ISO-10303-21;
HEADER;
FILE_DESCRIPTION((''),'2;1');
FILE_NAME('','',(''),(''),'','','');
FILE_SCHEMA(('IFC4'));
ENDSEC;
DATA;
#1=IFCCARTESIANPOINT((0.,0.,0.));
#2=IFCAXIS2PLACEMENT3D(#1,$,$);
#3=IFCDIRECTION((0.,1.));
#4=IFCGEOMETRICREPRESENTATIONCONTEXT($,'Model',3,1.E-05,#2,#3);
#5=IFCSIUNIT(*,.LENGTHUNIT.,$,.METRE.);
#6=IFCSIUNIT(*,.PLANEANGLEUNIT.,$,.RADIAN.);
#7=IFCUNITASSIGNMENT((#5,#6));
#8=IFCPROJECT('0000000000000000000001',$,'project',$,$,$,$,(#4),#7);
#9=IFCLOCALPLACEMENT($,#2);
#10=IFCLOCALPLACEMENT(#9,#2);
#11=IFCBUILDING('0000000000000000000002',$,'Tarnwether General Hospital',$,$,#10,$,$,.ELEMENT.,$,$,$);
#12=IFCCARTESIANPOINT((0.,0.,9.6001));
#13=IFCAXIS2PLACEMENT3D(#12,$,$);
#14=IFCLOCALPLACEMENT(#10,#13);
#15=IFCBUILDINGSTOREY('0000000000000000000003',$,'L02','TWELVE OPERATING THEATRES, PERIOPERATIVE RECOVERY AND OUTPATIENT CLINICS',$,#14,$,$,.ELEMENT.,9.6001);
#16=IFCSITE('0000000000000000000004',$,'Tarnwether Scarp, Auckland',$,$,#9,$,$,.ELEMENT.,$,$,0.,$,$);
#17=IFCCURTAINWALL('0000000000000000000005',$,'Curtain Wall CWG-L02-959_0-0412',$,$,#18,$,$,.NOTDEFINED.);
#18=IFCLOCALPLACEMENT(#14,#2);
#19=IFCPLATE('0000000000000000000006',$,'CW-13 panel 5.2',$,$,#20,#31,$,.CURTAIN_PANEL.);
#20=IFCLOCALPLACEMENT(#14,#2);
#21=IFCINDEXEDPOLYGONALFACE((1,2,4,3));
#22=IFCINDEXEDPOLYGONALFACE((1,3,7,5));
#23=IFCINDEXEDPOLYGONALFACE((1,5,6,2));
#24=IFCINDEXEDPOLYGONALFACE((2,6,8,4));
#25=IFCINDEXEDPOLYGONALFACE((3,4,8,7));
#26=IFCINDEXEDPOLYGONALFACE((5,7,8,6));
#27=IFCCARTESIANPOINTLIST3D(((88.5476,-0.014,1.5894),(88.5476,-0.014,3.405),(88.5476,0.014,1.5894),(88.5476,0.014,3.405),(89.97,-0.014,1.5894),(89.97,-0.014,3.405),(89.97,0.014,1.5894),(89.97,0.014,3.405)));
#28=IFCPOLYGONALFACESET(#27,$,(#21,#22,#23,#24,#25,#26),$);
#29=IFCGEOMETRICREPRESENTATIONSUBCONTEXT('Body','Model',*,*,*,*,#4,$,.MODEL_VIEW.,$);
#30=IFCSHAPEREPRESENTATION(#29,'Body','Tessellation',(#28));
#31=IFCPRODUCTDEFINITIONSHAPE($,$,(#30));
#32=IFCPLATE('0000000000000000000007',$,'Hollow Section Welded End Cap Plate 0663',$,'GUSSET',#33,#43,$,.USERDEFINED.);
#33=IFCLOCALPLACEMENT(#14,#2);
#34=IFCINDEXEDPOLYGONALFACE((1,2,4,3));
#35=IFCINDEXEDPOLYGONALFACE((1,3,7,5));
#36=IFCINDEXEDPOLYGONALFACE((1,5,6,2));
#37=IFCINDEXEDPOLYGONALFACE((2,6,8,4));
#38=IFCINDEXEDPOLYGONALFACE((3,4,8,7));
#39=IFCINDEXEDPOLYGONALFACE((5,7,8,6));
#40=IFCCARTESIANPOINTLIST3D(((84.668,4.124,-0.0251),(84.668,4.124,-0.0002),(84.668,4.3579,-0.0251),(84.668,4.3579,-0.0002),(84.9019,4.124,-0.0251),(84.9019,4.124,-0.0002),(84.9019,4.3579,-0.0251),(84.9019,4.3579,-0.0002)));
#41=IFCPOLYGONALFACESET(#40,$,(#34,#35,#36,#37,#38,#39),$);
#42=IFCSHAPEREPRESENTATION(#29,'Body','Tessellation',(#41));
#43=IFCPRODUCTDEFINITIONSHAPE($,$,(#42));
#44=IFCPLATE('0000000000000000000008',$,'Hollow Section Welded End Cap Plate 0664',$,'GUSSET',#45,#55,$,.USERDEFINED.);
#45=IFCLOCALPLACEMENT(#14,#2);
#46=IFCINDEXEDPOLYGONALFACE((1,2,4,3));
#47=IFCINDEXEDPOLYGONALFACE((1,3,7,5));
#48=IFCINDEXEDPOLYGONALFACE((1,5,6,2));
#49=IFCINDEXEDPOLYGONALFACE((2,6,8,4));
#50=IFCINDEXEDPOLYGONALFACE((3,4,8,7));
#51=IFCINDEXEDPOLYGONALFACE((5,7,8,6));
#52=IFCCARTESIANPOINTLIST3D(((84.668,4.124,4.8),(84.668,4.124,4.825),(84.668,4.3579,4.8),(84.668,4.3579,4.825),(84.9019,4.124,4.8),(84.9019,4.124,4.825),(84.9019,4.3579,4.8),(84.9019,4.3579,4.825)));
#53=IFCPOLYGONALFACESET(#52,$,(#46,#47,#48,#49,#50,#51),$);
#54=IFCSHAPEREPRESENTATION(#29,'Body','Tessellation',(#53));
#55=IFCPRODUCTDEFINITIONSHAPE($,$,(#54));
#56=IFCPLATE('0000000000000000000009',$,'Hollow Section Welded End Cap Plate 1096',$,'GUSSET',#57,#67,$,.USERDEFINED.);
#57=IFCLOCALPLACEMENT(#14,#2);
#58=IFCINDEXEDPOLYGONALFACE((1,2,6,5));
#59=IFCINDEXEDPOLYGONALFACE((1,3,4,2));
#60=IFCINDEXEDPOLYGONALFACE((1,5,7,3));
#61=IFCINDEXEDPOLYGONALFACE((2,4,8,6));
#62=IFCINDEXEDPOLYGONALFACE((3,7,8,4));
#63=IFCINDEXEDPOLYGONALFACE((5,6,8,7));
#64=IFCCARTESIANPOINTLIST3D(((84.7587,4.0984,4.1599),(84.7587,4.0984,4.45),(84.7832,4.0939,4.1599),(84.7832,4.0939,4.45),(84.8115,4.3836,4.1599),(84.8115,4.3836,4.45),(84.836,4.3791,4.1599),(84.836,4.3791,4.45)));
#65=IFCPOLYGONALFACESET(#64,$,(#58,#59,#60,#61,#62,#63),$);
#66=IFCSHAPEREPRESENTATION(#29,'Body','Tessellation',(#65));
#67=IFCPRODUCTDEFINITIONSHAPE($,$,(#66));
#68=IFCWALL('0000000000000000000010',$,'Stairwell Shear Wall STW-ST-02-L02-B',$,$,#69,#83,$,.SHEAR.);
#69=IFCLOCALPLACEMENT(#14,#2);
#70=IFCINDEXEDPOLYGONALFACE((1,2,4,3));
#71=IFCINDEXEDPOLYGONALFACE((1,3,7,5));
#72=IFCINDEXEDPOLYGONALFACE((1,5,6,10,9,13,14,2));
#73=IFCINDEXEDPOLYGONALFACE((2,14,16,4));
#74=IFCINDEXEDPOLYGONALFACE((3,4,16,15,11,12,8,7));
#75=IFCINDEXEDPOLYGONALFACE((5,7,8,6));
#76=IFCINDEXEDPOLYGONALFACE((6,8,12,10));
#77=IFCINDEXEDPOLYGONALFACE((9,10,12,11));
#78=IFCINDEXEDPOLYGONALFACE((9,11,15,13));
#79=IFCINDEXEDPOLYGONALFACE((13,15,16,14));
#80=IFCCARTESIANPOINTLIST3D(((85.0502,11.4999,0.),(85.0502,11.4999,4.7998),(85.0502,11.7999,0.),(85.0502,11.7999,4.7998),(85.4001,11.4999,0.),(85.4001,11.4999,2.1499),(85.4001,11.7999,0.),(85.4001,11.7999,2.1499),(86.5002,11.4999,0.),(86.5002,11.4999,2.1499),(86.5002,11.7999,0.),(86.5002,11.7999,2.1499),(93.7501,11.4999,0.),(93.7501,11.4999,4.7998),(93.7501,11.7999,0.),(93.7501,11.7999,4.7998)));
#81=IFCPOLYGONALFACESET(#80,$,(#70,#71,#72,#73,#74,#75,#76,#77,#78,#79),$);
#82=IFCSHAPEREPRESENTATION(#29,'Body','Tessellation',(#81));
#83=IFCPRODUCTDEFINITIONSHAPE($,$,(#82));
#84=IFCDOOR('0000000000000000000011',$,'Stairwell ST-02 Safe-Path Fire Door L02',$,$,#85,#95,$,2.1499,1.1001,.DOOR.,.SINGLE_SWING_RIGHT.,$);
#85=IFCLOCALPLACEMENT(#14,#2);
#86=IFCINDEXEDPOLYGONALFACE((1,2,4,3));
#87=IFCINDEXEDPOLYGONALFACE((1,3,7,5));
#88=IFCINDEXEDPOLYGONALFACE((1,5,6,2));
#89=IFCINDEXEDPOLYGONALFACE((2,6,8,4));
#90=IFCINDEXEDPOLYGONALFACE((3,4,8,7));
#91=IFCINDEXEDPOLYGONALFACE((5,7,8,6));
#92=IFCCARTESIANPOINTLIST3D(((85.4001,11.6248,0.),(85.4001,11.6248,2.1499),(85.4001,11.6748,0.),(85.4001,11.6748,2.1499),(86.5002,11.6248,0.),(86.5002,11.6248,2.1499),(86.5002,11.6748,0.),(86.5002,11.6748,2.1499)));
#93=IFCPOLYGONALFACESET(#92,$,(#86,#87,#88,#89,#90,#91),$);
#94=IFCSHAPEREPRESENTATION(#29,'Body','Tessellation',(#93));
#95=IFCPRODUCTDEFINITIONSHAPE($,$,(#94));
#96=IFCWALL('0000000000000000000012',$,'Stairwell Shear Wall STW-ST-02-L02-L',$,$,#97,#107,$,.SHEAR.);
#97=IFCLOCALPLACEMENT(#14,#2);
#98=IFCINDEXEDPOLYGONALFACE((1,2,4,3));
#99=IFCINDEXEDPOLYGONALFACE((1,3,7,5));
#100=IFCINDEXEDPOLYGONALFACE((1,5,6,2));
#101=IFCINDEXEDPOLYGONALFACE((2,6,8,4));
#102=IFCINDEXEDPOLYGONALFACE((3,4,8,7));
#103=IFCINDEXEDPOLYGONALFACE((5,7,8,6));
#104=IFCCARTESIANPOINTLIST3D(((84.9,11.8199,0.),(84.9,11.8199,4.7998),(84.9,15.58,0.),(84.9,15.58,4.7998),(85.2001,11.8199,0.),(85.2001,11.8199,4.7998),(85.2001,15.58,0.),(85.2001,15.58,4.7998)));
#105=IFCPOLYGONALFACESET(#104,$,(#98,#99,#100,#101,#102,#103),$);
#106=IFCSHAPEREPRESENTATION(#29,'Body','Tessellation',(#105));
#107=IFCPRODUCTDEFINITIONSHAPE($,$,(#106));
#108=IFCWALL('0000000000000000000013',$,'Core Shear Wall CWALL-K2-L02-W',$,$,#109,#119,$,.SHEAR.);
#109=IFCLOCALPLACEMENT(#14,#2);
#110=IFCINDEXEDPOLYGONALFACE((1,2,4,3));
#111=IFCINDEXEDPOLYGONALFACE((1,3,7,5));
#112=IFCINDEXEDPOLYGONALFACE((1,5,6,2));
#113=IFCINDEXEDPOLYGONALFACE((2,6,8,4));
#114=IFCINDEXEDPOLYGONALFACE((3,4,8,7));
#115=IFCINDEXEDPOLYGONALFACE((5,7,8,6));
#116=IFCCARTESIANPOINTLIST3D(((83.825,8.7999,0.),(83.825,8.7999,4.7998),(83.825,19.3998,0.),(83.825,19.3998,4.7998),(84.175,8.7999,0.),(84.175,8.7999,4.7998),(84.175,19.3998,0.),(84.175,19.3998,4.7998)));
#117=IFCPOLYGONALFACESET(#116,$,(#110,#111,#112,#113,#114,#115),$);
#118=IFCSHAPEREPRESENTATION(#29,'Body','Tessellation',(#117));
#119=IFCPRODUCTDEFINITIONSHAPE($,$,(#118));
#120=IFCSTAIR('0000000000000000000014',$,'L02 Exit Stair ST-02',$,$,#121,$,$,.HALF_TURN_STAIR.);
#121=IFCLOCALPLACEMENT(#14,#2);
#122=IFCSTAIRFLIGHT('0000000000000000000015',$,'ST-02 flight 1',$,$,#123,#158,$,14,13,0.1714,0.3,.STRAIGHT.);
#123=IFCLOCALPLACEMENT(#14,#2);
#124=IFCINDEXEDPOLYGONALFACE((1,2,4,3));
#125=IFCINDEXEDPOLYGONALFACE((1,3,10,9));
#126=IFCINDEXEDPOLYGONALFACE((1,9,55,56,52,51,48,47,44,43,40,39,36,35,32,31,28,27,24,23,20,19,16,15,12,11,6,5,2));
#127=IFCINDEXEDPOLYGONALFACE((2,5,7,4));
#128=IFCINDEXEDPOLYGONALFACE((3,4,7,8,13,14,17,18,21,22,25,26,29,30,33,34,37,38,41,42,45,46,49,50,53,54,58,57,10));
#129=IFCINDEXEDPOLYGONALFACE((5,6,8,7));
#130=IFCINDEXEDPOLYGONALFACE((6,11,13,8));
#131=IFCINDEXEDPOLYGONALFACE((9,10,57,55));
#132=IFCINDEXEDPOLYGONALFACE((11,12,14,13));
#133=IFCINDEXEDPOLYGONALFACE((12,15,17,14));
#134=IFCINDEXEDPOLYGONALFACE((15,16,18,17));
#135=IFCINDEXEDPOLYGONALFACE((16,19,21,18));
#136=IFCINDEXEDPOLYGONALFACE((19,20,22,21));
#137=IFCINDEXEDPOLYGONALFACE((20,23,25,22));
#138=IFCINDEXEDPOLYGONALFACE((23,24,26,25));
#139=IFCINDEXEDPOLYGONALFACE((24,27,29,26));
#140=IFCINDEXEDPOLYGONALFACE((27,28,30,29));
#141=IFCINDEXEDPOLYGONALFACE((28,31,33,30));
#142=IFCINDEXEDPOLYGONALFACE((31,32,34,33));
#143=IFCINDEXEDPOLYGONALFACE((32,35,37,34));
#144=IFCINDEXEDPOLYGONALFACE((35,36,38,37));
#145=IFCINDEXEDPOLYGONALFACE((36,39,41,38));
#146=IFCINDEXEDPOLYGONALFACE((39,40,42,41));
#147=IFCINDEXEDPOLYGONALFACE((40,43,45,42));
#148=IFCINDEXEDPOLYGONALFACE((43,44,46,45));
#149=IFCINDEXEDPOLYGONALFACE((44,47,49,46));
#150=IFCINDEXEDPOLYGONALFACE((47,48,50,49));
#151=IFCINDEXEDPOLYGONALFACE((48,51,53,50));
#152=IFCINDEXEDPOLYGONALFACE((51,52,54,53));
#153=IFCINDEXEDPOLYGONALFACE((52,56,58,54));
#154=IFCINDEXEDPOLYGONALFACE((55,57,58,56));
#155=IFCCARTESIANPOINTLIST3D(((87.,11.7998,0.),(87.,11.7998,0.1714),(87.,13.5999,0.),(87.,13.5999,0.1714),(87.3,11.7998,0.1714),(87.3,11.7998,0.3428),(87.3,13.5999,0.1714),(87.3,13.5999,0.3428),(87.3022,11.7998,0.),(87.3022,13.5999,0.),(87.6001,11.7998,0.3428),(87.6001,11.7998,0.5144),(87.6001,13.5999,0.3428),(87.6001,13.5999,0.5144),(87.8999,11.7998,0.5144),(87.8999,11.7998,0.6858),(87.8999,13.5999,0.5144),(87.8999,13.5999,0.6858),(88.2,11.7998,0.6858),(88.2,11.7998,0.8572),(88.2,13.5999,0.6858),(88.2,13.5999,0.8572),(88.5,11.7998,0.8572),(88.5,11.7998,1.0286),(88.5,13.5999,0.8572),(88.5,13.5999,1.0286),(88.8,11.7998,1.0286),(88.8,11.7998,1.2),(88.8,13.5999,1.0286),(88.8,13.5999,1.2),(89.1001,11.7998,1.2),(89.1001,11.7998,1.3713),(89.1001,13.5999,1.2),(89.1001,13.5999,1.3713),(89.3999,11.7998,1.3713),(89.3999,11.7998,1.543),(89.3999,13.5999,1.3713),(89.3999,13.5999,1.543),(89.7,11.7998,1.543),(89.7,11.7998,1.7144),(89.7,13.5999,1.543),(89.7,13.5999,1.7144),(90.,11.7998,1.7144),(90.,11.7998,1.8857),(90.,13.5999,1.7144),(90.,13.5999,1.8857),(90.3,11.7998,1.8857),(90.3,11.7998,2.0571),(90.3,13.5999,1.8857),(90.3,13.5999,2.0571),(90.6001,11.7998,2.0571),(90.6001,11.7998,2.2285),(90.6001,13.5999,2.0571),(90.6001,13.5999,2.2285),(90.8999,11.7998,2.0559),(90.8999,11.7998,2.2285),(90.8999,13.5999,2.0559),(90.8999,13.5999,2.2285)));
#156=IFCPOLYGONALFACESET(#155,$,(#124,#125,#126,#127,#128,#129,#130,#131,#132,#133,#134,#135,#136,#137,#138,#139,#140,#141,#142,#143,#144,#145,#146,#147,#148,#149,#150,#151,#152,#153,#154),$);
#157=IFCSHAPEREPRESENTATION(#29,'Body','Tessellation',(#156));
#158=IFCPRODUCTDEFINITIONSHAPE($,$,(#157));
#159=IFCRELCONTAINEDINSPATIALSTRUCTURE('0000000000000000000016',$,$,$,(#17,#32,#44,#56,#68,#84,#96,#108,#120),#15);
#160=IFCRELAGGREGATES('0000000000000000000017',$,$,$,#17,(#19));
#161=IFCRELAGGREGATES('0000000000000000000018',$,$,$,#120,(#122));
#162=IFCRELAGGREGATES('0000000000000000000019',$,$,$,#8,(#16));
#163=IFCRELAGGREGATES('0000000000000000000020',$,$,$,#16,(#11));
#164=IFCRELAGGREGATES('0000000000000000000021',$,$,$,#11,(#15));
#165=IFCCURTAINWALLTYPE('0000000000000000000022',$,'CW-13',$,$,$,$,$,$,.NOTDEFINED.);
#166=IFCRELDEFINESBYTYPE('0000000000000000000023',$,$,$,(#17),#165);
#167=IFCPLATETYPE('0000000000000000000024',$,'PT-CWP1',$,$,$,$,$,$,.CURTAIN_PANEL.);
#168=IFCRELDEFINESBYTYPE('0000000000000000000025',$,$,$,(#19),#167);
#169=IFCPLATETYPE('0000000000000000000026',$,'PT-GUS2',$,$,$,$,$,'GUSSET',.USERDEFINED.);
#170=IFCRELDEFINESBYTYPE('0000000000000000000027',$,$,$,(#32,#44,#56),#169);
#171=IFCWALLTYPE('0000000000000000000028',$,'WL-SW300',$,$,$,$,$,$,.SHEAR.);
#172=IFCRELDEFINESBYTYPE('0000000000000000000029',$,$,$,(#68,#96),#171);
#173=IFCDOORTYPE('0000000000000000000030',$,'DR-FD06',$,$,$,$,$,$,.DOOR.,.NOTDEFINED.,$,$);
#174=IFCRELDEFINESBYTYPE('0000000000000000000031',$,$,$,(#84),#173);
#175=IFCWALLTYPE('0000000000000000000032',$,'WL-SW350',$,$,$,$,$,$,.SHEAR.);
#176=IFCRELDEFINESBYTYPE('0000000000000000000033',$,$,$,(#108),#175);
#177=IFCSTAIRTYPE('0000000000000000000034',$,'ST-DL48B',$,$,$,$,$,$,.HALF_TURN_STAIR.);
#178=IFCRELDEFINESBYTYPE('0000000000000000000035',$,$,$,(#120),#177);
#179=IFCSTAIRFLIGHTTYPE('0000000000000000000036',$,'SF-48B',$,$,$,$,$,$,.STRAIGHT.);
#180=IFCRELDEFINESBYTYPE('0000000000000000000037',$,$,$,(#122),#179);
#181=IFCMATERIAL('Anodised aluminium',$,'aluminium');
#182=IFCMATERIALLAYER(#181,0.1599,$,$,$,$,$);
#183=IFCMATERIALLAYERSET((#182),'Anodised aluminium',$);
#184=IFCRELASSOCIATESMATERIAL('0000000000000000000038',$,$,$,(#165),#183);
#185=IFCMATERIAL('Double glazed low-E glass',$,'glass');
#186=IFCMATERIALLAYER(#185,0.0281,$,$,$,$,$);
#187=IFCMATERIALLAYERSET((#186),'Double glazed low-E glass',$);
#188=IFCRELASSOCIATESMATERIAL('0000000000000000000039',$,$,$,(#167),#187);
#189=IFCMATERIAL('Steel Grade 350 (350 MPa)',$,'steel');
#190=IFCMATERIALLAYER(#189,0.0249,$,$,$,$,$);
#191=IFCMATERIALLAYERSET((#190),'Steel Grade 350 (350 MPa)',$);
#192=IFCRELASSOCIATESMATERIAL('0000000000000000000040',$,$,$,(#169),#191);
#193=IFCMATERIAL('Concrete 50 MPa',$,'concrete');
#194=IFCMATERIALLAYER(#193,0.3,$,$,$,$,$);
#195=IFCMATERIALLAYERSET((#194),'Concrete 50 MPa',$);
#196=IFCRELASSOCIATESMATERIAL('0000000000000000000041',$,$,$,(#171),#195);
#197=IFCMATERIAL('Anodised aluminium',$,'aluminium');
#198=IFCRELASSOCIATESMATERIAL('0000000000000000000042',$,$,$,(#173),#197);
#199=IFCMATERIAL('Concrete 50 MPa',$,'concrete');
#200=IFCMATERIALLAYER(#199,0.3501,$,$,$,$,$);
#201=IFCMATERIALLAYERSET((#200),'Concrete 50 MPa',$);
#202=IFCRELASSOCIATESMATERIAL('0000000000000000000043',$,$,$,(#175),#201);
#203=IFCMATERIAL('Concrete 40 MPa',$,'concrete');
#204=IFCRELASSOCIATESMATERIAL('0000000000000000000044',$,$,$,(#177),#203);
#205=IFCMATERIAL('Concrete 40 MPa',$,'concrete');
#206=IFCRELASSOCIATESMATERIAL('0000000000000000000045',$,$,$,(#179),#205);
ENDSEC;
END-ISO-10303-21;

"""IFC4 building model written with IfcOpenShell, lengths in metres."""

from ifc_helpers import new_model, si_unit, direction, frame, frame_2d, origin, origin_2d, place, context, subcontext, project, spatial, polyline, rectangle, outline, extrude, material, layer, layer_set, type_object, element, fill, aggregate, save


model = new_model("IFC4")

# Units and contexts
model_context = context("Model", 3, precision=1e-05, world=origin(), true_north=direction((0.0, 1.0)))
body_context = subcontext(model_context, "Body", "Model", "MODEL_VIEW")
ifc_project = project(units=[si_unit("LENGTHUNIT", "METRE"), si_unit("PLANEANGLEUNIT", "RADIAN")], contexts=[model_context])

# Site, building, storey
site_placement = place(None, origin())
site = spatial("IfcSite", under=ifc_project, at=site_placement, Name="Tarnwether Scarp, Auckland", CompositionType="ELEMENT", RefElevation=0.0)
building_placement = place(site_placement, origin())
building = spatial("IfcBuilding", under=site, at=building_placement, Name="Tarnwether General Hospital", CompositionType="ELEMENT")
storey_placement = place(building_placement, frame((0.0, 0.0, 9.6001)))
storey = spatial("IfcBuildingStorey", under=building, at=storey_placement, Name="L02", Description="TWELVE OPERATING THEATRES, PERIOPERATIVE RECOVERY AND OUTPATIENT CLINICS", CompositionType="ELEMENT", Elevation=9.6001)

# Curtain wall, plate
ifc_material_1 = material(Name="Anodised aluminium", Category="aluminium")
ifc_layer_1 = layer(ifc_material_1, 0.1599)
ifc_layer_set_1 = layer_set([ifc_layer_1], Name="Anodised aluminium")
curtain_wall_type = type_object("IfcCurtainWallType", Name="CW-13", PredefinedType="NOTDEFINED", material=ifc_layer_set_1)
curtain_wall_placement = place(storey_placement, origin())
curtain_wall = element("IfcCurtainWall", 1, at=curtain_wall_placement, inside=storey, type_object=curtain_wall_type, Name="Curtain Wall CWG-L02-959_0-0412", PredefinedType="NOTDEFINED")
ifc_material_2 = material(Name="Double glazed low-E glass", Category="glass")
ifc_layer_2 = layer(ifc_material_2, 0.0281)
ifc_layer_set_2 = layer_set([ifc_layer_2], Name="Double glazed low-E glass")
plate_type_1 = type_object("IfcPlateType", Name="PT-CWP1", PredefinedType="CURTAIN_PANEL", material=ifc_layer_set_2)
plate_1_placement = place(storey_placement, frame((89.2588, 0.0, 1.5894), z_axis=(0.0, 0.0, 1.0), x_axis=(-1.0, 0.0, 0.0)))
plate_1 = element("IfcPlate", 2, at=plate_1_placement, type_object=plate_type_1, Name="CW-13 panel 5.2", PredefinedType="CURTAIN_PANEL", context=body_context, shape_type="SweptSolid", body=[
    extrude(rectangle(XDim=1.4224, YDim=0.0281, at=origin_2d()), origin(), (0.0, 0.0, 1.0), 1.8157),
])
aggregate(curtain_wall, [plate_1])

# Plates
ifc_material_3 = material(Name="Steel Grade 350 (350 MPa)", Category="steel")
ifc_layer_3 = layer(ifc_material_3, 0.0249)
ifc_layer_set_3 = layer_set([ifc_layer_3], Name="Steel Grade 350 (350 MPa)")
plate_type_2 = type_object("IfcPlateType", Name="PT-GUS2", ElementType="GUSSET", PredefinedType="USERDEFINED", material=ifc_layer_set_3)
for number, where, z_axis, x_axis, name in (
    (3, (84.7849, 4.241, -0.0251), (0.0, 0.0, 1.0), (1.0, 0.0, 0.0), "Hollow Section Welded End Cap Plate 0663"),
    (4, (84.7849, 4.241, 4.8), (0.0, 0.0, 1.0), (1.0, 0.0, 0.0), "Hollow Section Welded End Cap Plate 0664"),
):
    element("IfcPlate", number, at=place(storey_placement, frame(where, z_axis=z_axis, x_axis=x_axis)), inside=storey, type_object=plate_type_2, Name=name, ObjectType="GUSSET", PredefinedType="USERDEFINED", context=body_context, shape_type="SweptSolid", body=[
        extrude(rectangle(XDim=0.2339, YDim=0.2339, at=origin_2d()), origin(), (0.0, 0.0, 1.0), 0.0249),
    ])
plate_2_placement = place(storey_placement, frame((84.7974, 4.2388, 4.1599), z_axis=(0.0, 0.0, 1.0), x_axis=(0.983261, -0.182201, 0.0)))
element("IfcPlate", 5, at=plate_2_placement, inside=storey, type_object=plate_type_2, Name="Hollow Section Welded End Cap Plate 1096", ObjectType="GUSSET", PredefinedType="USERDEFINED", context=body_context, shape_type="SweptSolid", body=[
    extrude(rectangle(XDim=0.0249, YDim=0.29, at=origin_2d()), origin(), (0.0, 0.0, 1.0), 0.29),
])

# Wall, opening, door
ifc_material_4 = material(Name="Concrete 50 MPa", Category="concrete")
ifc_layer_4 = layer(ifc_material_4, 0.3)
ifc_layer_set_4 = layer_set([ifc_layer_4], Name="Concrete 50 MPa")
wall_type_1 = type_object("IfcWallType", Name="WL-SW300", PredefinedType="SHEAR", material=ifc_layer_set_4)
wall_1_placement = place(storey_placement, frame((85.05, 11.6499, 0.0), z_axis=(0.0, 0.0, 1.0), x_axis=(1.0, 0.0, 0.0)))
wall_1 = element("IfcWall", 6, at=wall_1_placement, inside=storey, type_object=wall_type_1, Name="Stairwell Shear Wall STW-ST-02-L02-B", PredefinedType="SHEAR", context=body_context, shape_type="SweptSolid", body=[
    extrude(rectangle(XDim=8.7, YDim=0.3, at=frame_2d((4.3501, 0.0))), origin(), (0.0, 0.0, 1.0), 4.7998),
])
opening_placement = place(wall_1_placement, frame((0.3501, 0.0, 0.0)))
opening = element("IfcOpeningElement", 7, at=opening_placement, cuts=wall_1, PredefinedType="OPENING", context=body_context, shape_type="SweptSolid", body=[
    extrude(rectangle(XDim=1.1001, YDim=2.1499, at=frame_2d((0.55, 1.075))), frame((0.0, 0.1602, 0.0), z_axis=(0.0, -1.0, 0.0), x_axis=(1.0, 0.0, 0.0)), (0.0, 0.0, 1.0), 0.3201),
])
ifc_material_5 = material(Name="Anodised aluminium", Category="aluminium")
door_type = type_object("IfcDoorType", Name="DR-FD06", OperationType="NOTDEFINED", PredefinedType="DOOR", material=ifc_material_5)
door_placement = place(opening_placement, origin())
door = element("IfcDoor", 8, at=door_placement, inside=storey, type_object=door_type, Name="Stairwell ST-02 Safe-Path Fire Door L02", OperationType="SINGLE_SWING_RIGHT", OverallHeight=2.1499, OverallWidth=1.1001, PredefinedType="DOOR", context=body_context, shape_type="SweptSolid", body=[
    extrude(rectangle(XDim=1.1001, YDim=2.1499, at=frame_2d((0.55, 1.075))), frame((0.0, 0.0249, 0.0), z_axis=(0.0, -1.0, 0.0), x_axis=(1.0, 0.0, 0.0)), (0.0, 0.0, 1.0), 0.05),
])
fill(opening, door)

# Walls
wall_2_placement = place(storey_placement, frame((85.05, 11.8201, 0.0), z_axis=(0.0, 0.0, 1.0), x_axis=(0.0, 1.0, 0.0)))
element("IfcWall", 9, at=wall_2_placement, inside=storey, type_object=wall_type_1, Name="Stairwell Shear Wall STW-ST-02-L02-L", PredefinedType="SHEAR", context=body_context, shape_type="SweptSolid", body=[
    extrude(rectangle(XDim=3.76, YDim=0.3, at=frame_2d((1.8799, 0.0))), origin(), (0.0, 0.0, 1.0), 4.7998),
])
ifc_material_6 = material(Name="Concrete 50 MPa", Category="concrete")
ifc_layer_5 = layer(ifc_material_6, 0.3501)
ifc_layer_set_5 = layer_set([ifc_layer_5], Name="Concrete 50 MPa")
wall_type_2 = type_object("IfcWallType", Name="WL-SW350", PredefinedType="SHEAR", material=ifc_layer_set_5)
wall_3_placement = place(storey_placement, frame((84.0, 8.8, 0.0), z_axis=(0.0, 0.0, 1.0), x_axis=(0.0, 1.0, 0.0)))
element("IfcWall", 10, at=wall_3_placement, inside=storey, type_object=wall_type_2, Name="Core Shear Wall CWALL-K2-L02-W", PredefinedType="SHEAR", context=body_context, shape_type="SweptSolid", body=[
    extrude(rectangle(XDim=10.5999, YDim=0.3501, at=frame_2d((5.2998, 0.0))), origin(), (0.0, 0.0, 1.0), 4.7998),
])

# Stair, stair flight
ifc_material_7 = material(Name="Concrete 40 MPa", Category="concrete")
stair_type = type_object("IfcStairType", Name="ST-DL48B", PredefinedType="HALF_TURN_STAIR", material=ifc_material_7)
stair_placement = place(storey_placement, origin())
stair = element("IfcStair", 11, at=stair_placement, inside=storey, type_object=stair_type, Name="L02 Exit Stair ST-02", PredefinedType="HALF_TURN_STAIR")
ifc_material_8 = material(Name="Concrete 40 MPa", Category="concrete")
stair_flight_type = type_object("IfcStairFlightType", Name="SF-48B", PredefinedType="STRAIGHT", material=ifc_material_8)
stair_flight_1_placement = place(storey_placement, frame((87.0, 12.7, 0.0), z_axis=(0.0, 0.0, 1.0), x_axis=(1.0, 0.0, 0.0)))
stair_flight_1 = element("IfcStairFlight", 12, at=stair_flight_1_placement, type_object=stair_flight_type, Name="ST-02 flight 1", NumberOfRisers=14, NumberOfTreads=13, PredefinedType="STRAIGHT", RiserHeight=0.1714, TreadLength=0.3, context=body_context, shape_type="SweptSolid", body=[
    extrude(outline(polyline([(0.0, 0.0), (0.0, 0.1714), (0.3, 0.1714), (0.3, 0.3428), (0.6001, 0.3428), (0.6001, 0.5144), (0.8999, 0.5144), (0.8999, 0.6858), (1.2, 0.6858), (1.2, 0.8572), (1.5, 0.8572), (1.5, 1.0286), (1.8, 1.0286), (1.8, 1.2), (2.1001, 1.2), (2.1001, 1.3713), (2.3999, 1.3713), (2.3999, 1.543), (2.7, 1.543), (2.7, 1.7144), (3.0, 1.7144), (3.0, 1.8857), (3.3, 1.8857), (3.3, 2.0571), (3.6001, 2.0571), (3.6001, 2.2285), (3.8999, 2.2285), (3.8999, 2.3999), (3.8999, 2.0559), (0.3022, 0.0), (0.0, 0.0)])), frame((0.0, 0.8999, 0.0), z_axis=(0.0, -1.0, 0.0), x_axis=(1.0, 0.0, 0.0)), (0.0, 0.0, 1.0), 1.8),
])
aggregate(stair, [stair_flight_1])

save(model, "model.ifc")
